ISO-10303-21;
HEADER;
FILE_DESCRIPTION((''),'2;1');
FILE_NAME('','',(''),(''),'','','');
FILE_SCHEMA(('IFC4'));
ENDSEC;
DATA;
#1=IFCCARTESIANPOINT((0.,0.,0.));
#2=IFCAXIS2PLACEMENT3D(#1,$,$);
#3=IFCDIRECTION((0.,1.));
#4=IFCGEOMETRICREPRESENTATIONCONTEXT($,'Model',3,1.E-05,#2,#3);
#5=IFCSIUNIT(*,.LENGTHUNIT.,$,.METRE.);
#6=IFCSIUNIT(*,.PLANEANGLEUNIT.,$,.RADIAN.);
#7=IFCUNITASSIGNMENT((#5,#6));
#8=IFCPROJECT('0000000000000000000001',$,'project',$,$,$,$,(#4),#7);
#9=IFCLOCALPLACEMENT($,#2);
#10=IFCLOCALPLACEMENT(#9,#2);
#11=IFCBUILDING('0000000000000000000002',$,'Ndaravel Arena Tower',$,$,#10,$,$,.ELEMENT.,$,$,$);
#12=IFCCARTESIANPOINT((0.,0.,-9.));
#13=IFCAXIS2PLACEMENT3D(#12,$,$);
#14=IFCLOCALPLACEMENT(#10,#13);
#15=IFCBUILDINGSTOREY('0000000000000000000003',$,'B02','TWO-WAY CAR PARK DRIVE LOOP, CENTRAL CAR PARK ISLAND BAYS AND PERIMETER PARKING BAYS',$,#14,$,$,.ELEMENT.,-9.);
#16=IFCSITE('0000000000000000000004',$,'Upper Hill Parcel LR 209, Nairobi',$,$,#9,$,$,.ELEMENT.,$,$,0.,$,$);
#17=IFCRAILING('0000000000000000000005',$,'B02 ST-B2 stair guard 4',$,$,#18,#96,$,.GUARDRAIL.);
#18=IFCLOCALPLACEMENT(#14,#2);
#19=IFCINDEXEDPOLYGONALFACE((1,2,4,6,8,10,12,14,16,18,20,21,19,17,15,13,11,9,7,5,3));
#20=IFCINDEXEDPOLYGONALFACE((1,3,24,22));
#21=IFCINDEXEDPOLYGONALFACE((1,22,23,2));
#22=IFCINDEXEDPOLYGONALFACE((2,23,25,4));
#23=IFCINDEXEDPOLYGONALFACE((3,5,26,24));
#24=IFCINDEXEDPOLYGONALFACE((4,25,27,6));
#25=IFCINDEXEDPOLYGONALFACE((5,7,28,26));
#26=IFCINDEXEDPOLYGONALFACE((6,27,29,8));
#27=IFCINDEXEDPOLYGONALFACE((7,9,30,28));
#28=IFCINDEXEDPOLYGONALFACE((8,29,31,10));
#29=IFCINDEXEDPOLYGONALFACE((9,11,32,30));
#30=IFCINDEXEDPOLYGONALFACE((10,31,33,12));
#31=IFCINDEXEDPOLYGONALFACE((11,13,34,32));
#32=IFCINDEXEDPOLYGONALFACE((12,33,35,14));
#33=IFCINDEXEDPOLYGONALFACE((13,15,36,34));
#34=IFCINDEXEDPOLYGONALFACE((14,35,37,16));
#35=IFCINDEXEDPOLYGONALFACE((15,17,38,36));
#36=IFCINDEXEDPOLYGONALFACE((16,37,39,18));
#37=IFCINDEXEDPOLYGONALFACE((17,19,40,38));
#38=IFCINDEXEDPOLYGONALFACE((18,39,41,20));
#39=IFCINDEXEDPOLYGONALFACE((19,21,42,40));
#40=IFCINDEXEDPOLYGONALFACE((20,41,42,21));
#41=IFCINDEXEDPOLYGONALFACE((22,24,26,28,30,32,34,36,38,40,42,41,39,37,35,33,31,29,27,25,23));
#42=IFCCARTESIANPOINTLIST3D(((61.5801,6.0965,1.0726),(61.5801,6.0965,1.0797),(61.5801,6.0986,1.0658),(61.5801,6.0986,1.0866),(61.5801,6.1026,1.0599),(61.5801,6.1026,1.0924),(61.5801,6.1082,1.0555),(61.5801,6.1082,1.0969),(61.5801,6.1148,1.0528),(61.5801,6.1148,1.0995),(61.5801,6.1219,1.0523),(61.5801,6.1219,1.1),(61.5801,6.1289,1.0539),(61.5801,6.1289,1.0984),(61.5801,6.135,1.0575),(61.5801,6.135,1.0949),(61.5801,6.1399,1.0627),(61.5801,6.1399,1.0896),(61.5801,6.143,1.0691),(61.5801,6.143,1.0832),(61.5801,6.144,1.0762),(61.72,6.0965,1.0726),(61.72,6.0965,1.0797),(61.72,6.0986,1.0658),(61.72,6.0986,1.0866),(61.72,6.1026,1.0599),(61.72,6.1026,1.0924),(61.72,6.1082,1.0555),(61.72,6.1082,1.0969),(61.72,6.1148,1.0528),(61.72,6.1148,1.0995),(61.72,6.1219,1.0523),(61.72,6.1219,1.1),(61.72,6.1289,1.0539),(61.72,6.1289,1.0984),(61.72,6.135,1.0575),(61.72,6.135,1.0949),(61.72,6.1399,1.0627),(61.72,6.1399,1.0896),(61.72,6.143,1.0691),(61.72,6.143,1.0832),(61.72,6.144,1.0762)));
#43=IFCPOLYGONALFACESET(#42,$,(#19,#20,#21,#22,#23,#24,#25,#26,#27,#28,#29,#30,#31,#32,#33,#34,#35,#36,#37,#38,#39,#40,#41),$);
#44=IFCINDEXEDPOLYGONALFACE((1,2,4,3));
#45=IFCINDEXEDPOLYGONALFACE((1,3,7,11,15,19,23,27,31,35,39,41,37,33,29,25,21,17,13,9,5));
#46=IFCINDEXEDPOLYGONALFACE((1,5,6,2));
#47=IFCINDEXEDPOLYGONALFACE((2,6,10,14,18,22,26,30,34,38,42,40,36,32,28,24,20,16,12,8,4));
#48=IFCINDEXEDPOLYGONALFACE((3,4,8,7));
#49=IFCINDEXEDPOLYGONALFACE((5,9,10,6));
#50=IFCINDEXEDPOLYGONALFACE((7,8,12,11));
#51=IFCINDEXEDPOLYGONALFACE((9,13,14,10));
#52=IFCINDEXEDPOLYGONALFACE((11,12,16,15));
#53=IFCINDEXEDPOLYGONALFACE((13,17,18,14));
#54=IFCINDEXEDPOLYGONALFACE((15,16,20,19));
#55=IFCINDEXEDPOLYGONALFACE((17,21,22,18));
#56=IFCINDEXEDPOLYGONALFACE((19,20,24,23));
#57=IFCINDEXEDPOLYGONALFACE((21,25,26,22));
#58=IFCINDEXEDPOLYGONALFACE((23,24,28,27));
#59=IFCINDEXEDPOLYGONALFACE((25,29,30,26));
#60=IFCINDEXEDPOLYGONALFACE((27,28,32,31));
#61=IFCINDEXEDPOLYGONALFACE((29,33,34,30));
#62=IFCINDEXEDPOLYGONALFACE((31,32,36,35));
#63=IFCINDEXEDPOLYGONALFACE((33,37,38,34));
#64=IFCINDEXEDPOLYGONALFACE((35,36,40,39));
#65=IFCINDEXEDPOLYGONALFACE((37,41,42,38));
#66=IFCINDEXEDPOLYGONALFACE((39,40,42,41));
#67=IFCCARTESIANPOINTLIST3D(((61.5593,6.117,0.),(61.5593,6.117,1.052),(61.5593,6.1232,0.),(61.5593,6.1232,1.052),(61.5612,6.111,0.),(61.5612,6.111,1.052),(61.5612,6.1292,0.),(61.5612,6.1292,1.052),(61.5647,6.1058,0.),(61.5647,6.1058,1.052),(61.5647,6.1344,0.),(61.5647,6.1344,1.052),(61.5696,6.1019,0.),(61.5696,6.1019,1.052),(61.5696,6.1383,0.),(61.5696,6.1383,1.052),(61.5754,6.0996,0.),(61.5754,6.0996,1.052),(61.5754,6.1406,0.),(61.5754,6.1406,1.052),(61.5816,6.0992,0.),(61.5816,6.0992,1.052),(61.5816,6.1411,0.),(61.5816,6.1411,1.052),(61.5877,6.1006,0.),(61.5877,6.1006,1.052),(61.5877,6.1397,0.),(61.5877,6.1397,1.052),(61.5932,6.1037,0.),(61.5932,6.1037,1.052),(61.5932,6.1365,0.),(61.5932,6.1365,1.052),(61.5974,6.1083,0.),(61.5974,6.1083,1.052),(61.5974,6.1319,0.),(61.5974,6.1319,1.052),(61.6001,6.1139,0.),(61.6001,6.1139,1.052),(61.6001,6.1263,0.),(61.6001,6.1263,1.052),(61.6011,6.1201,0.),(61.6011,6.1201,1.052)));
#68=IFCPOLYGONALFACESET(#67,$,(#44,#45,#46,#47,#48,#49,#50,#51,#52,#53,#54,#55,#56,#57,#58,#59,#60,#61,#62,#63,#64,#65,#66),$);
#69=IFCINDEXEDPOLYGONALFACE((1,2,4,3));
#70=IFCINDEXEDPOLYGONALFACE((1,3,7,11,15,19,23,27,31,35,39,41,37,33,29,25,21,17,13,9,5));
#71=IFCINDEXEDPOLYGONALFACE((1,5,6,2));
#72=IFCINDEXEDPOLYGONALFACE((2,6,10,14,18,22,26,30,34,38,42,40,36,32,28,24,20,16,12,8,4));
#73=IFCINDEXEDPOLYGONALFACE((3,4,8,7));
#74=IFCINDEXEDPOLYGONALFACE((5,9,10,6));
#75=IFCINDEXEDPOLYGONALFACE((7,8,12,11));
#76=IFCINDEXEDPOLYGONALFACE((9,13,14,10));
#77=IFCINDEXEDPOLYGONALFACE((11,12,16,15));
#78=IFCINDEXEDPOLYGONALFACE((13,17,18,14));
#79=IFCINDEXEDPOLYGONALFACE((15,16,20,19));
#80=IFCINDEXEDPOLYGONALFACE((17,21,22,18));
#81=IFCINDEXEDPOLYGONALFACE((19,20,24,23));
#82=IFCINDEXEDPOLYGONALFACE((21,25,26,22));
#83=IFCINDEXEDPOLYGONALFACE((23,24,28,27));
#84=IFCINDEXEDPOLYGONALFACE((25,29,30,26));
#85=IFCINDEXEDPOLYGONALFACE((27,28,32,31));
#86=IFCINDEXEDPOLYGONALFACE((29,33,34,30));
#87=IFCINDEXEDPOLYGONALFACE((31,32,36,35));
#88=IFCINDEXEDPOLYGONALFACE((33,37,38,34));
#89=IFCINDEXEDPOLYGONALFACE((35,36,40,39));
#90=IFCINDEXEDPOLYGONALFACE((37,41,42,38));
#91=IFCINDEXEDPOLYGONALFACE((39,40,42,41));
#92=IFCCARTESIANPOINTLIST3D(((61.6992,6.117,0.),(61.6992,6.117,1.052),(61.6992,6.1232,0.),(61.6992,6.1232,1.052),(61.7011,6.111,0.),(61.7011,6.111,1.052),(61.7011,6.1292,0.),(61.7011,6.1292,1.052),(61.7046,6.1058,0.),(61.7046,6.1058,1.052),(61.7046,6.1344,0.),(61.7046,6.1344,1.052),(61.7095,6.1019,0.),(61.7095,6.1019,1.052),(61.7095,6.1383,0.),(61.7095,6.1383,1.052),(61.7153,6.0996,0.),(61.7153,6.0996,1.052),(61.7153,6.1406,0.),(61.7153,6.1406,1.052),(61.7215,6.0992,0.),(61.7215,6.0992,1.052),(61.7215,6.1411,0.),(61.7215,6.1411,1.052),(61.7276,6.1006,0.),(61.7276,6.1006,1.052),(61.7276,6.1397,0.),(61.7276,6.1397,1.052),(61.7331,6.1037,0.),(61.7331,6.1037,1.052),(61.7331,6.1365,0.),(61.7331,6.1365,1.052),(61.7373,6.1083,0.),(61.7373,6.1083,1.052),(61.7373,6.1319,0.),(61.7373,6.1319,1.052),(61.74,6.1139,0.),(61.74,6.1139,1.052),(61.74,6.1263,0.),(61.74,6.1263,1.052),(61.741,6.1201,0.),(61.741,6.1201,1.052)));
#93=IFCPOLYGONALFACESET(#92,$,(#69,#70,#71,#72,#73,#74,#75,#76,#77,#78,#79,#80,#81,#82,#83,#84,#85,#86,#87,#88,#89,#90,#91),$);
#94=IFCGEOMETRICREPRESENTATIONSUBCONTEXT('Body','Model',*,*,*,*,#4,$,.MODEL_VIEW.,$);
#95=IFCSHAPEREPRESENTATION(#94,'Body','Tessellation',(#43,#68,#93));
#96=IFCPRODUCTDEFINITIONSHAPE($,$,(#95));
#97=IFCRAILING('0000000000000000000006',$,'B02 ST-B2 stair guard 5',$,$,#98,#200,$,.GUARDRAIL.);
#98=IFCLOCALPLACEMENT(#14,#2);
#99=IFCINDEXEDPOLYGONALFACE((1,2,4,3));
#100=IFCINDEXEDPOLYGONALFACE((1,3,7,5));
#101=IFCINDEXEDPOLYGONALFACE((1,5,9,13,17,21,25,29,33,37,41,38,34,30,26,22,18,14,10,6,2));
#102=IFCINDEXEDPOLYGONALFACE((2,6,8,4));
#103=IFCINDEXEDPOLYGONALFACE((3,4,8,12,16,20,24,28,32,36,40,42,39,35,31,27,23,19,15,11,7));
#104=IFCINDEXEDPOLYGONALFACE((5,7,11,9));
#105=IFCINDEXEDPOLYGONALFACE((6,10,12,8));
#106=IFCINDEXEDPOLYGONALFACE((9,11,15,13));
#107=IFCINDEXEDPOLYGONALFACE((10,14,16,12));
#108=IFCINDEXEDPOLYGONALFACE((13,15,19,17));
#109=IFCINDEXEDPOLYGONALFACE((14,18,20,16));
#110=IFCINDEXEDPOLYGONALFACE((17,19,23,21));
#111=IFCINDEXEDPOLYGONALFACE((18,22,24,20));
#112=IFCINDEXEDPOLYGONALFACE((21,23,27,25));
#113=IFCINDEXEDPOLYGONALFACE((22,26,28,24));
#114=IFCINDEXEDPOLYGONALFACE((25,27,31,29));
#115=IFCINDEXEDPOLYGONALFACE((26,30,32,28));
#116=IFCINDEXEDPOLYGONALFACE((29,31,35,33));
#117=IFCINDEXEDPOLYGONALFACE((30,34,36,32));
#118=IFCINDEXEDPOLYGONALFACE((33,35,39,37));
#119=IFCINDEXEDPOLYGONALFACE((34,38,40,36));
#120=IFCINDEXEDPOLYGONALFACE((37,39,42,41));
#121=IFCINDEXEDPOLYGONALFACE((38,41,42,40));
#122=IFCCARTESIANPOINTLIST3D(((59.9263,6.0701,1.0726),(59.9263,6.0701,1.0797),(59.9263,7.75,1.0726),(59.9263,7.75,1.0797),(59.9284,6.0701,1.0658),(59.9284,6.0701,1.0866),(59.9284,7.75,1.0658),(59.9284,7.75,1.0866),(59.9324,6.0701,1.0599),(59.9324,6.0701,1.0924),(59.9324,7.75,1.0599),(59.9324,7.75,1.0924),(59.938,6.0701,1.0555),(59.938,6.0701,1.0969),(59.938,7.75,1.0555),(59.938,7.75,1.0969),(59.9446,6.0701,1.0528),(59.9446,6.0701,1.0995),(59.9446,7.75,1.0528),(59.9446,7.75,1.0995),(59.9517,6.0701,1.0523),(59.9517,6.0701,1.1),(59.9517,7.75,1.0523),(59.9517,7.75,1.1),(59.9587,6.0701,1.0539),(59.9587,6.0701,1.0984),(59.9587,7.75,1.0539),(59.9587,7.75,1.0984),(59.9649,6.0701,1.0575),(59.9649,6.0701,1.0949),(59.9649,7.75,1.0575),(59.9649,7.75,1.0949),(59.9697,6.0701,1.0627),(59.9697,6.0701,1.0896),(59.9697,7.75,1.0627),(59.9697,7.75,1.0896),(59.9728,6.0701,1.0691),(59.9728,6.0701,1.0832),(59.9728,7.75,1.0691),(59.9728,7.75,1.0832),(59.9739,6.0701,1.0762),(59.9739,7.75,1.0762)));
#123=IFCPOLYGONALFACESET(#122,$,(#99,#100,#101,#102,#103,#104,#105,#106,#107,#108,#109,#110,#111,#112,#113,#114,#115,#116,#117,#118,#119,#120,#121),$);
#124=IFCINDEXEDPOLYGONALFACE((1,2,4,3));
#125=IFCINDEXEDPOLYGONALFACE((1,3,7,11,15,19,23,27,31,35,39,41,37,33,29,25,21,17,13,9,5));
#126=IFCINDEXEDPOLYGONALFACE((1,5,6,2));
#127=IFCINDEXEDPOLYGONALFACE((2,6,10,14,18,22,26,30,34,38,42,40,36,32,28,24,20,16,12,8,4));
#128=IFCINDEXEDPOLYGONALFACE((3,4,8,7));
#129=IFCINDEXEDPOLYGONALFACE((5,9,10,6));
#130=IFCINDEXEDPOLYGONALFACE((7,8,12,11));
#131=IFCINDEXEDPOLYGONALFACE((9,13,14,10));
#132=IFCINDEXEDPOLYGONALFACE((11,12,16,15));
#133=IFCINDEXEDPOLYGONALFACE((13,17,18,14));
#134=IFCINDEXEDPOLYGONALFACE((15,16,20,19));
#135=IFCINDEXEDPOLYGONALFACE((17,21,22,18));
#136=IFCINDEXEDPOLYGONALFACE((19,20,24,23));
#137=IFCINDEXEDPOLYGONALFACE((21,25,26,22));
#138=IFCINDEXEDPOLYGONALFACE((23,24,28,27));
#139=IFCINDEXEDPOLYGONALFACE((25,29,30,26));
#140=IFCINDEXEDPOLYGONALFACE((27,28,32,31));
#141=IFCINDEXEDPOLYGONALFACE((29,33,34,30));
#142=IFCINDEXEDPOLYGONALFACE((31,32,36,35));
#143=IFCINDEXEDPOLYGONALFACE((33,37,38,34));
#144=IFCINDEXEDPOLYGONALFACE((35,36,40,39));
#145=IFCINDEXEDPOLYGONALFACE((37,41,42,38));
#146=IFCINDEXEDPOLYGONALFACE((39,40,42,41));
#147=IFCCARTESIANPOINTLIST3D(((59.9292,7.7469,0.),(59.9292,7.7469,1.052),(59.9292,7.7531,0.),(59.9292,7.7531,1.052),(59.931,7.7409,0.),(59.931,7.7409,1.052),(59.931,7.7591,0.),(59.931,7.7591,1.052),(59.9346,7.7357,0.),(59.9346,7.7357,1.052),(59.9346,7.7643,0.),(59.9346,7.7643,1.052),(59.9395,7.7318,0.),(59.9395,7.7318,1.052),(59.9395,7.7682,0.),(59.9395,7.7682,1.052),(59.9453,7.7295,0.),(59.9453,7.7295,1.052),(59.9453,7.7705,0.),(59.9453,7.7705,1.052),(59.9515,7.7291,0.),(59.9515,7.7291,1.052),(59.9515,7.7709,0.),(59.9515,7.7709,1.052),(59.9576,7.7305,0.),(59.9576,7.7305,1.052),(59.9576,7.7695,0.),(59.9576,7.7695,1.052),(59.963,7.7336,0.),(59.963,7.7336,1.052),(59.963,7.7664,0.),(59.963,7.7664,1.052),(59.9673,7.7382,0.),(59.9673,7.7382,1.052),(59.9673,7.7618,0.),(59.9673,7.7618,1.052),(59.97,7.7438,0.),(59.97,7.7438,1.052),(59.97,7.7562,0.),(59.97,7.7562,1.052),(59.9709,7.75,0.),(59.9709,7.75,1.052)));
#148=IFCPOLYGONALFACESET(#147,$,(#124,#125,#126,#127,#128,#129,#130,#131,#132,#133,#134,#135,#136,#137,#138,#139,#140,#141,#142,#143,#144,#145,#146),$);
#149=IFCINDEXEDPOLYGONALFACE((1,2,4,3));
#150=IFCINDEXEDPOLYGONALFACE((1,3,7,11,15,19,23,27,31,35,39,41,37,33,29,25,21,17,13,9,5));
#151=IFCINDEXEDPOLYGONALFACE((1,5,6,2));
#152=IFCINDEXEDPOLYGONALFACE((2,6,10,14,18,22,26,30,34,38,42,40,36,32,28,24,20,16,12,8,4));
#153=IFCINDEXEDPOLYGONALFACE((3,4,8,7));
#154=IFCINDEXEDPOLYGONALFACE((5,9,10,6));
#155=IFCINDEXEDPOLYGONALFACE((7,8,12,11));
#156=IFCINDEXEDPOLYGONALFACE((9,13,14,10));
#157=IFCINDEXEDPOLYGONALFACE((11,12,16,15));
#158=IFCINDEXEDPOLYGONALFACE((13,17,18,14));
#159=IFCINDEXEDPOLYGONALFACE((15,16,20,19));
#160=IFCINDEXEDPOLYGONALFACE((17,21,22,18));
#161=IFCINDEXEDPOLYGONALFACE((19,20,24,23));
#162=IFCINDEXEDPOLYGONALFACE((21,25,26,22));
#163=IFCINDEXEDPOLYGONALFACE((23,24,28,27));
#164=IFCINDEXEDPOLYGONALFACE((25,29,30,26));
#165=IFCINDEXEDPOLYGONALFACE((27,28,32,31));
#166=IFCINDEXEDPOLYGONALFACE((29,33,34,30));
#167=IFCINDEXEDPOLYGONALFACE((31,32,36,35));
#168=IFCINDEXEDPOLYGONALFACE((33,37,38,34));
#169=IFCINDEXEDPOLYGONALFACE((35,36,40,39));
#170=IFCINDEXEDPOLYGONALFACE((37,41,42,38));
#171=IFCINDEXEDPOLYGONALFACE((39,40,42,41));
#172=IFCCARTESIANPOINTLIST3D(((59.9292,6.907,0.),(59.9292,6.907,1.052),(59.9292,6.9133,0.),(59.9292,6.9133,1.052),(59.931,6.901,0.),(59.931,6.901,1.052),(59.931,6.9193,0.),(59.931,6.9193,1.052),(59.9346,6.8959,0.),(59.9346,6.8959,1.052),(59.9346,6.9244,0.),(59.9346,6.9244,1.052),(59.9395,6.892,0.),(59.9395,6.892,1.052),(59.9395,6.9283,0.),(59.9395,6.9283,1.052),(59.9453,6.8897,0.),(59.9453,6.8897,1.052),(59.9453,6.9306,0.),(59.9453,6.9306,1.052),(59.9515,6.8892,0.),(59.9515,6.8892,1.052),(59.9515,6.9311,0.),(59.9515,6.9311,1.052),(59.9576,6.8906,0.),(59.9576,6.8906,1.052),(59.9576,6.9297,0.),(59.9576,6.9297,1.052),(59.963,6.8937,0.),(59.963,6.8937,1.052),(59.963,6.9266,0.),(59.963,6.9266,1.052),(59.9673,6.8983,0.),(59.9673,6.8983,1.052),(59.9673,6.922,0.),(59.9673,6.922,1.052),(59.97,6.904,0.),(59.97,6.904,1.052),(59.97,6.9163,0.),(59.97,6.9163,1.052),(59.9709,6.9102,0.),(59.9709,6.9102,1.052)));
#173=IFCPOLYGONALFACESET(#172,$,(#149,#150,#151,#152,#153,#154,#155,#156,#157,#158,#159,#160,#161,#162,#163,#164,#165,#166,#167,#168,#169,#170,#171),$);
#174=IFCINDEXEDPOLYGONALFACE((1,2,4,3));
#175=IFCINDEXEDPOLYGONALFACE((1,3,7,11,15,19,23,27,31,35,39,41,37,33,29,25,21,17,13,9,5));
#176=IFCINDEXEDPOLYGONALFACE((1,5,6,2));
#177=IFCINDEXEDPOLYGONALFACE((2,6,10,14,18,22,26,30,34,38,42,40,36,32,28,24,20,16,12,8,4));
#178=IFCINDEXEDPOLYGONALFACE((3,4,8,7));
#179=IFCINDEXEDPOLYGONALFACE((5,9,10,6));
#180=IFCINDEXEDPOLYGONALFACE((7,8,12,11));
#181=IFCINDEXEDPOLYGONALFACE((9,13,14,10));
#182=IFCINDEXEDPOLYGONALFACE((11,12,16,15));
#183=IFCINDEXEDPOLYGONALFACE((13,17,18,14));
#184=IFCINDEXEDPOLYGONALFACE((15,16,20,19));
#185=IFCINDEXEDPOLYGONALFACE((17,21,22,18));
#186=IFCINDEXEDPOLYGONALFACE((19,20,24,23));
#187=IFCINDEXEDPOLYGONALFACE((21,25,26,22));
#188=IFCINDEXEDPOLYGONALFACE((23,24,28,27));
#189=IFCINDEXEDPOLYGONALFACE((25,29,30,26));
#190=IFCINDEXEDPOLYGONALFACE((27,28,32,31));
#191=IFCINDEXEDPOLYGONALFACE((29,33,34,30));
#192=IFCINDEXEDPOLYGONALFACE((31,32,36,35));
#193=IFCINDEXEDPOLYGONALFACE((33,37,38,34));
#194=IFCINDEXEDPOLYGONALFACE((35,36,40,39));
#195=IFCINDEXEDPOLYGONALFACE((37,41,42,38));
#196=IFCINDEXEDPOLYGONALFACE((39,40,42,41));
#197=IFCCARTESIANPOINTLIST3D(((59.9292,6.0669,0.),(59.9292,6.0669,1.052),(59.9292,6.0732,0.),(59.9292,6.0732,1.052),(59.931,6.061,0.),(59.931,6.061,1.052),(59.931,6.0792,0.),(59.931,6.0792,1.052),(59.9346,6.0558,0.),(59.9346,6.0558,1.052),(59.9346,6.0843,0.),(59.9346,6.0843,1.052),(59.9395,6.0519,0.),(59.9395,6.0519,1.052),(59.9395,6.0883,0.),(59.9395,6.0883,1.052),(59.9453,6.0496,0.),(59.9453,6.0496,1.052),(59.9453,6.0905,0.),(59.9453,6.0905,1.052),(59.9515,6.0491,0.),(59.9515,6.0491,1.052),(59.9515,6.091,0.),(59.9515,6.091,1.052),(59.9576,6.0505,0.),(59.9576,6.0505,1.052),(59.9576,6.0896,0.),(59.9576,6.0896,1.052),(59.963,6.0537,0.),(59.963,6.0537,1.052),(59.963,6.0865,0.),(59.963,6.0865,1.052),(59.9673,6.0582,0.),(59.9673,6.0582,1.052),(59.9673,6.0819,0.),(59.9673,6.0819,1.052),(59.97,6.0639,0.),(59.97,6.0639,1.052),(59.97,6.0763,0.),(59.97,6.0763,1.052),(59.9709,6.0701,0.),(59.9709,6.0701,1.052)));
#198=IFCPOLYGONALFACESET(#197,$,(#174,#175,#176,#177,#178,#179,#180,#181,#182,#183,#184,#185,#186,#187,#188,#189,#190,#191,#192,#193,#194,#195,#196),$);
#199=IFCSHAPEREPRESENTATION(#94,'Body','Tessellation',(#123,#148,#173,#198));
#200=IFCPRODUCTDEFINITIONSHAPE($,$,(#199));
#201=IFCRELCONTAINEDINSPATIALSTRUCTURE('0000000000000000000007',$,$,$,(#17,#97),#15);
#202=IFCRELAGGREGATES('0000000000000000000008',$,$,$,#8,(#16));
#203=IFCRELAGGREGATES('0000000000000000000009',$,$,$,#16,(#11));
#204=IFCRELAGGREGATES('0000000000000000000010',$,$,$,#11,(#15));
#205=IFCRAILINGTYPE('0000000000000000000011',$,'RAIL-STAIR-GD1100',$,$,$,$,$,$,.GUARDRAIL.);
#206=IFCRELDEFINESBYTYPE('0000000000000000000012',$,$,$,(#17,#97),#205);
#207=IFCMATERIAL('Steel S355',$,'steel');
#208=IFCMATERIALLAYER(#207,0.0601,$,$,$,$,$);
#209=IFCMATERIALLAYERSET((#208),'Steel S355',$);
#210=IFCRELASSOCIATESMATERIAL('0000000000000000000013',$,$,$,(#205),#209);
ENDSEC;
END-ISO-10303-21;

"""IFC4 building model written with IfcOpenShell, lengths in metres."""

from ifc_helpers import new_model, si_unit, direction, frame, origin, origin_2d, place, context, subcontext, project, spatial, circle, extrude, material, layer, layer_set, type_object, element, save


model = new_model("IFC4")

# Units and contexts
model_context = context("Model", 3, precision=1e-05, world=origin(), true_north=direction((0.0, 1.0)))
body_context = subcontext(model_context, "Body", "Model", "MODEL_VIEW")
ifc_project = project(units=[si_unit("LENGTHUNIT", "METRE"), si_unit("PLANEANGLEUNIT", "RADIAN")], contexts=[model_context])

# Site, building, storey
site_placement = place(None, origin())
site = spatial("IfcSite", under=ifc_project, at=site_placement, Name="Upper Hill Parcel LR 209, Nairobi", CompositionType="ELEMENT", RefElevation=0.0)
building_placement = place(site_placement, origin())
building = spatial("IfcBuilding", under=site, at=building_placement, Name="Ndaravel Arena Tower", CompositionType="ELEMENT")
storey_placement = place(building_placement, frame((0.0, 0.0, -9.0)))
storey = spatial("IfcBuildingStorey", under=building, at=storey_placement, Name="B02", Description="TWO-WAY CAR PARK DRIVE LOOP, CENTRAL CAR PARK ISLAND BAYS AND PERIMETER PARKING BAYS", CompositionType="ELEMENT", Elevation=-9.0)

# Railings
ifc_material_1 = material(Name="Steel S355", Category="steel")
ifc_layer_1 = layer(ifc_material_1, 0.0601)
ifc_layer_set_1 = layer_set([ifc_layer_1], Name="Steel S355")
railing_type_1 = type_object("IfcRailingType", Name="RAIL-STAIR-GD1100", PredefinedType="GUARDRAIL", material=ifc_layer_set_1)
railing_1_placement = place(storey_placement, frame((61.5801, 6.1201, 0.0)))
element("IfcRailing", 1, at=railing_1_placement, inside=storey, type_object=railing_type_1, Name="B02 ST-B2 stair guard 4", PredefinedType="GUARDRAIL", context=body_context, shape_type="SweptSolid", body=[
    extrude(circle(Radius=0.0239, at=origin_2d()), frame((0.0, 0.0, 1.0762), z_axis=(1.0, 0.0, 0.0), x_axis=(0.0, 1.0, 0.0)), (0.0, 0.0, 1.0), 0.1399),
    extrude(circle(Radius=0.021, at=origin_2d()), origin(), (0.0, 0.0, 1.0), 1.052),
    extrude(circle(Radius=0.021, at=origin_2d()), frame((0.1399, 0.0, 0.0)), (0.0, 0.0, 1.0), 1.052),
])
for number, where, name in (
    (2, (59.95, 7.75, 0.0), "B02 ST-B2 stair guard 5"),
):
    element("IfcRailing", number, at=place(storey_placement, frame(where)), inside=storey, type_object=railing_type_1, Name=name, PredefinedType="GUARDRAIL", context=body_context, shape_type="SweptSolid", body=[
        extrude(circle(Radius=0.0239, at=origin_2d()), frame((0.0, 0.0, 1.0762), z_axis=(0.0, -1.0, 0.0), x_axis=(1.0, 0.0, 0.0)), (0.0, 0.0, 1.0), 1.6799),
        extrude(circle(Radius=0.021, at=origin_2d()), origin(), (0.0, 0.0, 1.0), 1.052),
        extrude(circle(Radius=0.021, at=origin_2d()), frame((0.0, -0.8398, 0.0)), (0.0, 0.0, 1.0), 1.052),
        extrude(circle(Radius=0.021, at=origin_2d()), frame((0.0, -1.6799, 0.0)), (0.0, 0.0, 1.0), 1.052),
    ])

save(model, "model.ifc")
